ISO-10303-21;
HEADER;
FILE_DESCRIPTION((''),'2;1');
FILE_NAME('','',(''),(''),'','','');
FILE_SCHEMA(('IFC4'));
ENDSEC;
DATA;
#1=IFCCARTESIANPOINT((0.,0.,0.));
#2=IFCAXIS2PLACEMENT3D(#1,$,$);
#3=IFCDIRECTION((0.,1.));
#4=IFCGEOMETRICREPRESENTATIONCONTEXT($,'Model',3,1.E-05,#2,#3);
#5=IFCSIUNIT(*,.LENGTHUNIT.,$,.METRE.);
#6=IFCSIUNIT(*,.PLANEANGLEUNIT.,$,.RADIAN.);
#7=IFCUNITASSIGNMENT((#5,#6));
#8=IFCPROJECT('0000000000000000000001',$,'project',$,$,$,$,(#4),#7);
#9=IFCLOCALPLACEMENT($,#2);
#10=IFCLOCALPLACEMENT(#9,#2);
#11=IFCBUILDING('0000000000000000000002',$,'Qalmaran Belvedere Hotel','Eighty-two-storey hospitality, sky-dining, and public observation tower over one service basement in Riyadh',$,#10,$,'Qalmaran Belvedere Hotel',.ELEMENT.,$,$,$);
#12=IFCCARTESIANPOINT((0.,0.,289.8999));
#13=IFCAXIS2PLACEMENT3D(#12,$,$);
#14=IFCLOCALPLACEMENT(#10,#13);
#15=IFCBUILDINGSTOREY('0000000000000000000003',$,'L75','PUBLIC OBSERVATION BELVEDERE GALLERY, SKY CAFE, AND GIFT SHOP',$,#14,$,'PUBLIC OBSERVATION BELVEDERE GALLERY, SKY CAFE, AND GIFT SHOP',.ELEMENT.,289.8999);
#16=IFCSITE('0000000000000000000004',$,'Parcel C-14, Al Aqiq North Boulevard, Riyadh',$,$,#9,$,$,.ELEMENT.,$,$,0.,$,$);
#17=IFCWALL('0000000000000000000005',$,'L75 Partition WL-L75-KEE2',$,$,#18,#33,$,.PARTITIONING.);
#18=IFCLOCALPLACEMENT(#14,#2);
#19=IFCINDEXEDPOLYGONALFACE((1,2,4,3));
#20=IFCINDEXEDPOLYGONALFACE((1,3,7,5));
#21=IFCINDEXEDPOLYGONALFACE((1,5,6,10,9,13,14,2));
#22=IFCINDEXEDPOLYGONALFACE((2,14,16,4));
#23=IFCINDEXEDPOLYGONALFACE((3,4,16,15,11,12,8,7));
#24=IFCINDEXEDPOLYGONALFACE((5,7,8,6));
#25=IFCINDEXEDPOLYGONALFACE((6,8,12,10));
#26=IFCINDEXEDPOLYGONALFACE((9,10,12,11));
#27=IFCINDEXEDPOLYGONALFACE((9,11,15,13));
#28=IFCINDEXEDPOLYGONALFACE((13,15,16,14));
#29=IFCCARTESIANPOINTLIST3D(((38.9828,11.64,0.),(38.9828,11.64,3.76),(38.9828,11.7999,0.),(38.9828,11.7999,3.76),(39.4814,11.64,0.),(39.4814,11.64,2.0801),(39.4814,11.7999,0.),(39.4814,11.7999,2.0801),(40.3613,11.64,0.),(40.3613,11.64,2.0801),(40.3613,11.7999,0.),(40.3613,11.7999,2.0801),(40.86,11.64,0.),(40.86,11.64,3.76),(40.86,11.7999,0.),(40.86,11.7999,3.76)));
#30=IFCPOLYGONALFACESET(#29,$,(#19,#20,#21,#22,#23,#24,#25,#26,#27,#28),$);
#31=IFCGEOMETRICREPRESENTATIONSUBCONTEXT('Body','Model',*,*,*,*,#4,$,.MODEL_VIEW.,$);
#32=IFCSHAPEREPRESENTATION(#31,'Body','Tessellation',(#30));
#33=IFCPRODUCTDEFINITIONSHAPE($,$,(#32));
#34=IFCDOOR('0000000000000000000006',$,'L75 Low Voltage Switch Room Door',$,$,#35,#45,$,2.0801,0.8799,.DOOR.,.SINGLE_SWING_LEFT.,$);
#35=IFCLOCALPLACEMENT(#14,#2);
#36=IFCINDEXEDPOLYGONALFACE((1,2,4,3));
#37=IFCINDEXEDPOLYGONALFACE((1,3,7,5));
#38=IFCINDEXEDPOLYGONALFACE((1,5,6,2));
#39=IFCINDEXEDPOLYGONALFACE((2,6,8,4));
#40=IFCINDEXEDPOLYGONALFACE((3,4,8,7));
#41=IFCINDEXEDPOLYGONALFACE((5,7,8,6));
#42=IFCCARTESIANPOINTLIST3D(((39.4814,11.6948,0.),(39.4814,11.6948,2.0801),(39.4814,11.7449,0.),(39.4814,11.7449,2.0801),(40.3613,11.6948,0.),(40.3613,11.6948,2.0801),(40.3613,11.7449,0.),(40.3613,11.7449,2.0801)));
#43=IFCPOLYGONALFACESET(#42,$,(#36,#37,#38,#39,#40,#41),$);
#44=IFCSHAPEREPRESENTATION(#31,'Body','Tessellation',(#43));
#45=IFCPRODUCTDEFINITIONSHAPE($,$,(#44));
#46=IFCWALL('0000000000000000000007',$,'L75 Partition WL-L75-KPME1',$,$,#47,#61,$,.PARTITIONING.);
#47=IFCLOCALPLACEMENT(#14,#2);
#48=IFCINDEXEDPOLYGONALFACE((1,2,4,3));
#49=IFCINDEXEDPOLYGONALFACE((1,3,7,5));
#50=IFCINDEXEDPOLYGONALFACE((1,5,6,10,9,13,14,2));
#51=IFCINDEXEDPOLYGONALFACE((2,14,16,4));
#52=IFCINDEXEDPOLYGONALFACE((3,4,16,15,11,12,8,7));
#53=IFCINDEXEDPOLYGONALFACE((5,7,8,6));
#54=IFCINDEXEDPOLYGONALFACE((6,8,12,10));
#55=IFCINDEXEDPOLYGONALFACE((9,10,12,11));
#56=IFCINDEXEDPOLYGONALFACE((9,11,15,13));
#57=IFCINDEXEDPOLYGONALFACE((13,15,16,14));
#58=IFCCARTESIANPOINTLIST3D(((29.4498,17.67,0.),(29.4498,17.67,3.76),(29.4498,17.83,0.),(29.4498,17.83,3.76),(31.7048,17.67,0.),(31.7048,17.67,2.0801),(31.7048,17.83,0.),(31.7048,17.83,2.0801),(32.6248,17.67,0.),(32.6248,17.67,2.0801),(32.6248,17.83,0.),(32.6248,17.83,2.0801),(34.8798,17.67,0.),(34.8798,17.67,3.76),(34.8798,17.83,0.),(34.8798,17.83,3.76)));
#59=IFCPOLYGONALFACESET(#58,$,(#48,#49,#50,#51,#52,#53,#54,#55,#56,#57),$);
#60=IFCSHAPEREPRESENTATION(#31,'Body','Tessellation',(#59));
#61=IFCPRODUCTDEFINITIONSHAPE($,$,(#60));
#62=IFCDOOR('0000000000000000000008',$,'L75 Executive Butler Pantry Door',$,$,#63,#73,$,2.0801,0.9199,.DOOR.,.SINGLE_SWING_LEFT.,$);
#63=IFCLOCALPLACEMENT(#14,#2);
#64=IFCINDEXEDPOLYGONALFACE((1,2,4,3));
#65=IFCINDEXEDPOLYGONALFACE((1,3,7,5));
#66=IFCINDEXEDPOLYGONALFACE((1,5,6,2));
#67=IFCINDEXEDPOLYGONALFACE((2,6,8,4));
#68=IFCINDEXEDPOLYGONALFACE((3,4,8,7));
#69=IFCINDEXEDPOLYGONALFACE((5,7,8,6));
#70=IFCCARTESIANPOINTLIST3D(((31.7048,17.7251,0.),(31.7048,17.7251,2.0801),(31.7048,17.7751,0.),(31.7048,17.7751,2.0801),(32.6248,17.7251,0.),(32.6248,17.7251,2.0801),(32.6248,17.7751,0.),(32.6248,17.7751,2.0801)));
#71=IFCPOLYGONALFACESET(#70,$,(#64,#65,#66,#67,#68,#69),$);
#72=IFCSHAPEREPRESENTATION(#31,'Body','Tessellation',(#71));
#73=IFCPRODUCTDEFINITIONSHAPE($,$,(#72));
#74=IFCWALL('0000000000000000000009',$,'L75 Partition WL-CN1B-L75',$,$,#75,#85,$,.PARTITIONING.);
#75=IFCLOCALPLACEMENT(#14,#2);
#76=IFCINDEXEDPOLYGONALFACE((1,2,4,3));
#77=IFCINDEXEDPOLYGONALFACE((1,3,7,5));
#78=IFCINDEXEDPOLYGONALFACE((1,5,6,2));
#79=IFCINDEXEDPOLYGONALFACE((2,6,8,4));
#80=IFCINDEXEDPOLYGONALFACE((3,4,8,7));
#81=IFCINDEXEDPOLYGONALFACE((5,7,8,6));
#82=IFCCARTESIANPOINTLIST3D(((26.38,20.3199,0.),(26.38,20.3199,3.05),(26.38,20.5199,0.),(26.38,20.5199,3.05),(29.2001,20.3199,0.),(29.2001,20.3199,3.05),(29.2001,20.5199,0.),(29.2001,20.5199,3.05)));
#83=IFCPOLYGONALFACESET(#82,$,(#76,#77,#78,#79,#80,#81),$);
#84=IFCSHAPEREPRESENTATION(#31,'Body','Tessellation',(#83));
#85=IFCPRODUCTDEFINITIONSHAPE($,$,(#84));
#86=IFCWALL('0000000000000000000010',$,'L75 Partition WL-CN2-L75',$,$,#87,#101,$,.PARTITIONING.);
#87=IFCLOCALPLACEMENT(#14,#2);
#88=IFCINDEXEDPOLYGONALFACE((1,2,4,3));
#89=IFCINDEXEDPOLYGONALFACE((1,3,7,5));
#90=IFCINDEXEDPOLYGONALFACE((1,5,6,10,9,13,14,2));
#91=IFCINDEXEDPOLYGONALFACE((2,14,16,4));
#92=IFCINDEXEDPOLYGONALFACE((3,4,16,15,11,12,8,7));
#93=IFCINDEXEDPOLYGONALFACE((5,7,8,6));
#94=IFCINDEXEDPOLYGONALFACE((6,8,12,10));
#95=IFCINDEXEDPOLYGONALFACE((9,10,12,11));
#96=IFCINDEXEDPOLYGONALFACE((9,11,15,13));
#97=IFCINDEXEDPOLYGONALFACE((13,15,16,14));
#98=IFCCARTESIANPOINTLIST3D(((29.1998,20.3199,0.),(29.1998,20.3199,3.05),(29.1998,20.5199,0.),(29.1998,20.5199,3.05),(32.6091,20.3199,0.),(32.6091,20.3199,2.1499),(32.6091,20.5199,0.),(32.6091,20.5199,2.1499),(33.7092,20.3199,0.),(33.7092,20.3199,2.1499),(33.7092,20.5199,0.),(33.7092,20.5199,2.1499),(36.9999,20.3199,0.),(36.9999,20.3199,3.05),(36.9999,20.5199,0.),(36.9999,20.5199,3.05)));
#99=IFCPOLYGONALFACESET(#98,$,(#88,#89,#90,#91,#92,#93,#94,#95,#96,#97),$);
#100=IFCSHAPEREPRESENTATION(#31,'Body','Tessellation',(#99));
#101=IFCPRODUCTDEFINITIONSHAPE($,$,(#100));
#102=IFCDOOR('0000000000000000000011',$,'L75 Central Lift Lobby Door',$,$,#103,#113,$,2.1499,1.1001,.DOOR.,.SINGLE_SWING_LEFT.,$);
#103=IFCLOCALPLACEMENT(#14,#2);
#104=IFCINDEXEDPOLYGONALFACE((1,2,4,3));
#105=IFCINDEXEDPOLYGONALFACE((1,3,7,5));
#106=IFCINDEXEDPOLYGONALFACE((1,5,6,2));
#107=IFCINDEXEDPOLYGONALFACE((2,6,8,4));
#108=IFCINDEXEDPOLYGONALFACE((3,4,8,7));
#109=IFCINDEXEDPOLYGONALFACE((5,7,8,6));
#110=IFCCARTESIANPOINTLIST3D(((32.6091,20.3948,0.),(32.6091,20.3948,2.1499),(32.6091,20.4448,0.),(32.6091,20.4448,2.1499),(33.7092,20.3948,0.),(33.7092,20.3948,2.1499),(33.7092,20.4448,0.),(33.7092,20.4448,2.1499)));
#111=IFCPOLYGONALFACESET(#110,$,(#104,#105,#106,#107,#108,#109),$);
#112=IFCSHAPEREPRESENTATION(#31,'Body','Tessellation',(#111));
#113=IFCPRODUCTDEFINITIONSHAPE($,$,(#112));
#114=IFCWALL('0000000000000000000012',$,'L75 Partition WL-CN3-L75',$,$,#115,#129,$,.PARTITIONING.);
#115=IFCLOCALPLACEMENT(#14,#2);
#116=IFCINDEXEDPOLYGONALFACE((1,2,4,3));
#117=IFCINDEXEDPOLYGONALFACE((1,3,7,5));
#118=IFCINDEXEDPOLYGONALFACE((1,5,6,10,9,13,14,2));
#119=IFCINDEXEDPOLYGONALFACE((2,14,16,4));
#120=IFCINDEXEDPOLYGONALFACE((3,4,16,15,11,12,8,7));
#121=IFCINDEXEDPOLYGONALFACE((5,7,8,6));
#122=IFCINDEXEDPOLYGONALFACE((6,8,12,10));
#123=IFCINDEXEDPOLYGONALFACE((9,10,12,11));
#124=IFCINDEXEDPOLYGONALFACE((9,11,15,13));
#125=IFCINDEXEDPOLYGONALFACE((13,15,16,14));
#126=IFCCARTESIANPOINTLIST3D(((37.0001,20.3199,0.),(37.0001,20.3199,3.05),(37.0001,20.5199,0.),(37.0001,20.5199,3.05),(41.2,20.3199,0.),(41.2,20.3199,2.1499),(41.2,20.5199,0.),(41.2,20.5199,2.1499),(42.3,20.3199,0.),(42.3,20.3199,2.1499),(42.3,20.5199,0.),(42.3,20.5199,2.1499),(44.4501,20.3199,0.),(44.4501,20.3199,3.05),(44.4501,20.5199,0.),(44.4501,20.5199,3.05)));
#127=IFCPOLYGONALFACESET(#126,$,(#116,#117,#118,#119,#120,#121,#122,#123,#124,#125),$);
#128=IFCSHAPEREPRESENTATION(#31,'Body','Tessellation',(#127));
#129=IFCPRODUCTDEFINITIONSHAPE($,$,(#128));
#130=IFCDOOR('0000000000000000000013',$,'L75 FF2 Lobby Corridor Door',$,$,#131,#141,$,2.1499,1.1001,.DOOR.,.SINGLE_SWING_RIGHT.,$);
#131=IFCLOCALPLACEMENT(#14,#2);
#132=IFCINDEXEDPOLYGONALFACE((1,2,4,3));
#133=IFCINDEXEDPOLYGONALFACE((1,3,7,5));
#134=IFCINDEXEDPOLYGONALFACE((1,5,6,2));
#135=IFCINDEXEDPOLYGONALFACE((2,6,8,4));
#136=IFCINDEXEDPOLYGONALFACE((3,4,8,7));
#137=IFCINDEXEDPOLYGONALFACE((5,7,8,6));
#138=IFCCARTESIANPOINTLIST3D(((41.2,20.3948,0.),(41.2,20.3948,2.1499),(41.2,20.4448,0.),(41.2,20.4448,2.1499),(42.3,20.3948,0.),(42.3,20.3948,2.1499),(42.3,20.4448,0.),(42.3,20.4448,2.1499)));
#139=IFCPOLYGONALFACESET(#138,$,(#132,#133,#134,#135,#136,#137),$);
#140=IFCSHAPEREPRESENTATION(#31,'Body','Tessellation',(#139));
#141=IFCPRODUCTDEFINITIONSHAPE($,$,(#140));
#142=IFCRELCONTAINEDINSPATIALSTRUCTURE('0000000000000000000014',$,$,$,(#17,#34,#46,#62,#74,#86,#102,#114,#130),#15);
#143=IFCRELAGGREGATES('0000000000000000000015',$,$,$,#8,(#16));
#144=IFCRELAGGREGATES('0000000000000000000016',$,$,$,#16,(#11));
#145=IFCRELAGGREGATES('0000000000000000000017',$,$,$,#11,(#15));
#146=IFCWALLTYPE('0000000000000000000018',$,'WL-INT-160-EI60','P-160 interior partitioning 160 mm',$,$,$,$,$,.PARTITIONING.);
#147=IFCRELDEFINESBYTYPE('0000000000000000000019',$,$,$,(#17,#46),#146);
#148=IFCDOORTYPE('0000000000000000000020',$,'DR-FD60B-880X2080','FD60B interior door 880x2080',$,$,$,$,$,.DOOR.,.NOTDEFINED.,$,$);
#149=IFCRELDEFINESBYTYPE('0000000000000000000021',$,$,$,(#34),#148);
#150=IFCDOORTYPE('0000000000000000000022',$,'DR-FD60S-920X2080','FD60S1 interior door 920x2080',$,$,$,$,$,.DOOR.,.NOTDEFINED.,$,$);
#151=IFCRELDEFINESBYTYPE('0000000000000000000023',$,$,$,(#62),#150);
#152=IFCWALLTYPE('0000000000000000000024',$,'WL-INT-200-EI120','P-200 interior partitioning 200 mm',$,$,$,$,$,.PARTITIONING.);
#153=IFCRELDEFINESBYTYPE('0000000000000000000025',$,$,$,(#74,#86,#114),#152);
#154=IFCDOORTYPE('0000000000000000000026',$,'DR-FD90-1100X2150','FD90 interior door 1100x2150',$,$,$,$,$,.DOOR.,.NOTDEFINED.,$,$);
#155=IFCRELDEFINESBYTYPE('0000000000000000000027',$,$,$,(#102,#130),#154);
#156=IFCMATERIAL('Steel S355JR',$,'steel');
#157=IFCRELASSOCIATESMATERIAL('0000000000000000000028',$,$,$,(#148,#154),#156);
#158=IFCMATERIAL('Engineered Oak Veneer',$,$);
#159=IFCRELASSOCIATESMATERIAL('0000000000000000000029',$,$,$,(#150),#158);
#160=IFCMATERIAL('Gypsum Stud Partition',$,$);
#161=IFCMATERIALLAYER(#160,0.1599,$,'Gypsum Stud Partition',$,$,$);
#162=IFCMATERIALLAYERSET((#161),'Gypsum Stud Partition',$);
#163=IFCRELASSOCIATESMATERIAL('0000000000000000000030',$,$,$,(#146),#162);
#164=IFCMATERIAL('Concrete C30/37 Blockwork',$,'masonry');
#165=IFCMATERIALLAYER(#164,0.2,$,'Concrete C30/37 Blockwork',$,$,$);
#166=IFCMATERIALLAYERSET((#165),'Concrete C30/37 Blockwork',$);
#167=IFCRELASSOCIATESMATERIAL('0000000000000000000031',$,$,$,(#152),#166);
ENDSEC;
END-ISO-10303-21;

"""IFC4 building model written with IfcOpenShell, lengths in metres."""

from ifc_helpers import new_model, si_unit, direction, frame, frame_2d, origin, place, context, subcontext, project, spatial, rectangle, extrude, material, layer, layer_set, type_object, element, fill, save


model = new_model("IFC4")

# Units and contexts
model_context = context("Model", 3, precision=1e-05, world=origin(), true_north=direction((0.0, 1.0)))
body_context = subcontext(model_context, "Body", "Model", "MODEL_VIEW")
ifc_project = project(units=[si_unit("LENGTHUNIT", "METRE"), si_unit("PLANEANGLEUNIT", "RADIAN")], contexts=[model_context])

# Site, building, storey
site_placement = place(None, origin())
site = spatial("IfcSite", under=ifc_project, at=site_placement, Name="Parcel C-14, Al Aqiq North Boulevard, Riyadh", CompositionType="ELEMENT", RefElevation=0.0)
building_placement = place(site_placement, origin())
building = spatial("IfcBuilding", under=site, at=building_placement, Name="Qalmaran Belvedere Hotel", Description="Eighty-two-storey hospitality, sky-dining, and public observation tower over one service basement in Riyadh", LongName="Qalmaran Belvedere Hotel", CompositionType="ELEMENT")
storey_placement = place(building_placement, frame((0.0, 0.0, 289.8999)))
storey = spatial("IfcBuildingStorey", under=building, at=storey_placement, Name="L75", Description="PUBLIC OBSERVATION BELVEDERE GALLERY, SKY CAFE, AND GIFT SHOP", LongName="PUBLIC OBSERVATION BELVEDERE GALLERY, SKY CAFE, AND GIFT SHOP", CompositionType="ELEMENT", Elevation=289.8999)

# Shared definitions
ifc_material_1 = material(Name="Steel S355JR", Category="steel")

# Shared definitions
ifc_material_2 = material(Name="Gypsum Stud Partition")

# Shared definitions
door_type_1 = type_object("IfcDoorType", Name="DR-FD60B-880X2080", Description="FD60B interior door 880x2080", OperationType="NOTDEFINED", PredefinedType="DOOR", material=ifc_material_1)
ifc_material_3 = material(Name="Engineered Oak Veneer")
door_type_2 = type_object("IfcDoorType", Name="DR-FD60S-920X2080", Description="FD60S1 interior door 920x2080", OperationType="NOTDEFINED", PredefinedType="DOOR", material=ifc_material_3)

# Walls, openings, doors
ifc_layer_1 = layer(ifc_material_2, 0.1599, Name="Gypsum Stud Partition")
ifc_layer_set_1 = layer_set([ifc_layer_1], Name="Gypsum Stud Partition")
wall_type_1 = type_object("IfcWallType", Name="WL-INT-160-EI60", Description="P-160 interior partitioning 160 mm", PredefinedType="PARTITIONING", material=ifc_layer_set_1)
wall_1_placement = place(storey_placement, frame((38.9829, 11.72, 0.0), z_axis=(0.0, 0.0, 1.0), x_axis=(1.0, 0.0, 0.0)))
wall_1 = element("IfcWall", 1, at=wall_1_placement, inside=storey, type_object=wall_type_1, Name="L75 Partition WL-L75-KEE2", PredefinedType="PARTITIONING", context=body_context, shape_type="SweptSolid", body=[
    extrude(rectangle(XDim=1.8772, YDim=0.1599, at=frame_2d((0.9385, 0.0))), origin(), (0.0, 0.0, 1.0), 3.76),
])
opening_1_placement = place(wall_1_placement, frame((0.4985, 0.0, 0.0)))
opening_1 = element("IfcOpeningElement", 2, at=opening_1_placement, cuts=wall_1, PredefinedType="OPENING", context=body_context, shape_type="SweptSolid", body=[
    extrude(rectangle(XDim=0.8799, YDim=2.0801, at=frame_2d((0.4399, 1.04))), frame((0.0, 0.0898, 0.0), z_axis=(0.0, -1.0, 0.0), x_axis=(1.0, 0.0, 0.0)), (0.0, 0.0, 1.0), 0.1799),
])
door_1_placement = place(opening_1_placement, origin())
door_1 = element("IfcDoor", 3, at=door_1_placement, inside=storey, type_object=door_type_1, Name="L75 Low Voltage Switch Room Door", OperationType="SINGLE_SWING_LEFT", OverallHeight=2.0801, OverallWidth=0.8799, PredefinedType="DOOR", context=body_context, shape_type="SweptSolid", body=[
    extrude(rectangle(XDim=0.8799, YDim=2.0801, at=frame_2d((0.4399, 1.04))), frame((0.0, 0.0249, 0.0), z_axis=(0.0, -1.0, 0.0), x_axis=(1.0, 0.0, 0.0)), (0.0, 0.0, 1.0), 0.05),
])
fill(opening_1, door_1)
wall_2_placement = place(storey_placement, frame((29.45, 17.75, 0.0), z_axis=(0.0, 0.0, 1.0), x_axis=(1.0, 0.0, 0.0)))
wall_2 = element("IfcWall", 4, at=wall_2_placement, inside=storey, type_object=wall_type_1, Name="L75 Partition WL-L75-KPME1", PredefinedType="PARTITIONING", context=body_context, shape_type="SweptSolid", body=[
    extrude(rectangle(XDim=5.4299, YDim=0.1599, at=frame_2d((2.7148, 0.0))), origin(), (0.0, 0.0, 1.0), 3.76),
])
opening_2_placement = place(wall_2_placement, frame((3.1748, 0.0, 0.0), z_axis=(0.0, 0.0, 1.0), x_axis=(-1.0, 0.0, 0.0)))
opening_2 = element("IfcOpeningElement", 5, at=opening_2_placement, cuts=wall_2, PredefinedType="OPENING", context=body_context, shape_type="SweptSolid", body=[
    extrude(rectangle(XDim=0.9199, YDim=2.0801, at=frame_2d((0.46, 1.04))), frame((0.0, 0.0898, 0.0), z_axis=(0.0, -1.0, 0.0), x_axis=(1.0, 0.0, 0.0)), (0.0, 0.0, 1.0), 0.1799),
])
door_2_placement = place(opening_2_placement, origin())
door_2 = element("IfcDoor", 6, at=door_2_placement, inside=storey, type_object=door_type_2, Name="L75 Executive Butler Pantry Door", OperationType="SINGLE_SWING_LEFT", OverallHeight=2.0801, OverallWidth=0.9199, PredefinedType="DOOR", context=body_context, shape_type="SweptSolid", body=[
    extrude(rectangle(XDim=0.9199, YDim=2.0801, at=frame_2d((0.46, 1.04))), frame((0.0, 0.0249, 0.0), z_axis=(0.0, -1.0, 0.0), x_axis=(1.0, 0.0, 0.0)), (0.0, 0.0, 1.0), 0.05),
])
fill(opening_2, door_2)

# Wall
ifc_material_4 = material(Name="Concrete C30/37 Blockwork", Category="masonry")
ifc_layer_2 = layer(ifc_material_4, 0.2, Name="Concrete C30/37 Blockwork")
ifc_layer_set_2 = layer_set([ifc_layer_2], Name="Concrete C30/37 Blockwork")
wall_type_2 = type_object("IfcWallType", Name="WL-INT-200-EI120", Description="P-200 interior partitioning 200 mm", PredefinedType="PARTITIONING", material=ifc_layer_set_2)
wall_3_placement = place(storey_placement, frame((26.3799, 20.4199, 0.0), z_axis=(0.0, 0.0, 1.0), x_axis=(1.0, 0.0, 0.0)))
element("IfcWall", 7, at=wall_3_placement, inside=storey, type_object=wall_type_2, Name="L75 Partition WL-CN1B-L75", PredefinedType="PARTITIONING", context=body_context, shape_type="SweptSolid", body=[
    extrude(rectangle(XDim=2.8201, YDim=0.2, at=frame_2d((1.4102, 0.0))), origin(), (0.0, 0.0, 1.0), 3.05),
])

# Walls, openings, doors
wall_4_placement = place(storey_placement, frame((29.2, 20.4199, 0.0), z_axis=(0.0, 0.0, 1.0), x_axis=(1.0, 0.0, 0.0)))
wall_4 = element("IfcWall", 8, at=wall_4_placement, inside=storey, type_object=wall_type_2, Name="L75 Partition WL-CN2-L75", PredefinedType="PARTITIONING", context=body_context, shape_type="SweptSolid", body=[
    extrude(rectangle(XDim=7.8, YDim=0.2, at=frame_2d((3.8999, 0.0))), origin(), (0.0, 0.0, 1.0), 3.05),
])
opening_3_placement = place(wall_4_placement, frame((3.4092, 0.0, 0.0)))
opening_3 = element("IfcOpeningElement", 9, at=opening_3_placement, cuts=wall_4, PredefinedType="OPENING", context=body_context, shape_type="SweptSolid", body=[
    extrude(rectangle(XDim=1.1001, YDim=2.1499, at=frame_2d((0.55, 1.075))), frame((0.0, 0.1099, 0.0), z_axis=(0.0, -1.0, 0.0), x_axis=(1.0, 0.0, 0.0)), (0.0, 0.0, 1.0), 0.22),
])
door_type_3 = type_object("IfcDoorType", Name="DR-FD90-1100X2150", Description="FD90 interior door 1100x2150", OperationType="NOTDEFINED", PredefinedType="DOOR", material=ifc_material_1)
door_3_placement = place(opening_3_placement, origin())
door_3 = element("IfcDoor", 10, at=door_3_placement, inside=storey, type_object=door_type_3, Name="L75 Central Lift Lobby Door", OperationType="SINGLE_SWING_LEFT", OverallHeight=2.1499, OverallWidth=1.1001, PredefinedType="DOOR", context=body_context, shape_type="SweptSolid", body=[
    extrude(rectangle(XDim=1.1001, YDim=2.1499, at=frame_2d((0.55, 1.075))), frame((0.0, 0.0249, 0.0), z_axis=(0.0, -1.0, 0.0), x_axis=(1.0, 0.0, 0.0)), (0.0, 0.0, 1.0), 0.05),
])
fill(opening_3, door_3)
wall_5_placement = place(storey_placement, frame((37.0, 20.4199, 0.0), z_axis=(0.0, 0.0, 1.0), x_axis=(1.0, 0.0, 0.0)))
wall_5 = element("IfcWall", 11, at=wall_5_placement, inside=storey, type_object=wall_type_2, Name="L75 Partition WL-CN3-L75", PredefinedType="PARTITIONING", context=body_context, shape_type="SweptSolid", body=[
    extrude(rectangle(XDim=7.45, YDim=0.2, at=frame_2d((3.7251, 0.0))), origin(), (0.0, 0.0, 1.0), 3.05),
])
opening_4_placement = place(wall_5_placement, frame((4.2, 0.0, 0.0)))
opening_4 = element("IfcOpeningElement", 12, at=opening_4_placement, cuts=wall_5, PredefinedType="OPENING", context=body_context, shape_type="SweptSolid", body=[
    extrude(rectangle(XDim=1.1001, YDim=2.1499, at=frame_2d((0.55, 1.075))), frame((0.0, 0.1099, 0.0), z_axis=(0.0, -1.0, 0.0), x_axis=(1.0, 0.0, 0.0)), (0.0, 0.0, 1.0), 0.22),
])
door_4_placement = place(opening_4_placement, origin())
door_4 = element("IfcDoor", 13, at=door_4_placement, inside=storey, type_object=door_type_3, Name="L75 FF2 Lobby Corridor Door", OperationType="SINGLE_SWING_RIGHT", OverallHeight=2.1499, OverallWidth=1.1001, PredefinedType="DOOR", context=body_context, shape_type="SweptSolid", body=[
    extrude(rectangle(XDim=1.1001, YDim=2.1499, at=frame_2d((0.55, 1.075))), frame((0.0, 0.0249, 0.0), z_axis=(0.0, -1.0, 0.0), x_axis=(1.0, 0.0, 0.0)), (0.0, 0.0, 1.0), 0.05),
])
fill(opening_4, door_4)

save(model, "model.ifc")
